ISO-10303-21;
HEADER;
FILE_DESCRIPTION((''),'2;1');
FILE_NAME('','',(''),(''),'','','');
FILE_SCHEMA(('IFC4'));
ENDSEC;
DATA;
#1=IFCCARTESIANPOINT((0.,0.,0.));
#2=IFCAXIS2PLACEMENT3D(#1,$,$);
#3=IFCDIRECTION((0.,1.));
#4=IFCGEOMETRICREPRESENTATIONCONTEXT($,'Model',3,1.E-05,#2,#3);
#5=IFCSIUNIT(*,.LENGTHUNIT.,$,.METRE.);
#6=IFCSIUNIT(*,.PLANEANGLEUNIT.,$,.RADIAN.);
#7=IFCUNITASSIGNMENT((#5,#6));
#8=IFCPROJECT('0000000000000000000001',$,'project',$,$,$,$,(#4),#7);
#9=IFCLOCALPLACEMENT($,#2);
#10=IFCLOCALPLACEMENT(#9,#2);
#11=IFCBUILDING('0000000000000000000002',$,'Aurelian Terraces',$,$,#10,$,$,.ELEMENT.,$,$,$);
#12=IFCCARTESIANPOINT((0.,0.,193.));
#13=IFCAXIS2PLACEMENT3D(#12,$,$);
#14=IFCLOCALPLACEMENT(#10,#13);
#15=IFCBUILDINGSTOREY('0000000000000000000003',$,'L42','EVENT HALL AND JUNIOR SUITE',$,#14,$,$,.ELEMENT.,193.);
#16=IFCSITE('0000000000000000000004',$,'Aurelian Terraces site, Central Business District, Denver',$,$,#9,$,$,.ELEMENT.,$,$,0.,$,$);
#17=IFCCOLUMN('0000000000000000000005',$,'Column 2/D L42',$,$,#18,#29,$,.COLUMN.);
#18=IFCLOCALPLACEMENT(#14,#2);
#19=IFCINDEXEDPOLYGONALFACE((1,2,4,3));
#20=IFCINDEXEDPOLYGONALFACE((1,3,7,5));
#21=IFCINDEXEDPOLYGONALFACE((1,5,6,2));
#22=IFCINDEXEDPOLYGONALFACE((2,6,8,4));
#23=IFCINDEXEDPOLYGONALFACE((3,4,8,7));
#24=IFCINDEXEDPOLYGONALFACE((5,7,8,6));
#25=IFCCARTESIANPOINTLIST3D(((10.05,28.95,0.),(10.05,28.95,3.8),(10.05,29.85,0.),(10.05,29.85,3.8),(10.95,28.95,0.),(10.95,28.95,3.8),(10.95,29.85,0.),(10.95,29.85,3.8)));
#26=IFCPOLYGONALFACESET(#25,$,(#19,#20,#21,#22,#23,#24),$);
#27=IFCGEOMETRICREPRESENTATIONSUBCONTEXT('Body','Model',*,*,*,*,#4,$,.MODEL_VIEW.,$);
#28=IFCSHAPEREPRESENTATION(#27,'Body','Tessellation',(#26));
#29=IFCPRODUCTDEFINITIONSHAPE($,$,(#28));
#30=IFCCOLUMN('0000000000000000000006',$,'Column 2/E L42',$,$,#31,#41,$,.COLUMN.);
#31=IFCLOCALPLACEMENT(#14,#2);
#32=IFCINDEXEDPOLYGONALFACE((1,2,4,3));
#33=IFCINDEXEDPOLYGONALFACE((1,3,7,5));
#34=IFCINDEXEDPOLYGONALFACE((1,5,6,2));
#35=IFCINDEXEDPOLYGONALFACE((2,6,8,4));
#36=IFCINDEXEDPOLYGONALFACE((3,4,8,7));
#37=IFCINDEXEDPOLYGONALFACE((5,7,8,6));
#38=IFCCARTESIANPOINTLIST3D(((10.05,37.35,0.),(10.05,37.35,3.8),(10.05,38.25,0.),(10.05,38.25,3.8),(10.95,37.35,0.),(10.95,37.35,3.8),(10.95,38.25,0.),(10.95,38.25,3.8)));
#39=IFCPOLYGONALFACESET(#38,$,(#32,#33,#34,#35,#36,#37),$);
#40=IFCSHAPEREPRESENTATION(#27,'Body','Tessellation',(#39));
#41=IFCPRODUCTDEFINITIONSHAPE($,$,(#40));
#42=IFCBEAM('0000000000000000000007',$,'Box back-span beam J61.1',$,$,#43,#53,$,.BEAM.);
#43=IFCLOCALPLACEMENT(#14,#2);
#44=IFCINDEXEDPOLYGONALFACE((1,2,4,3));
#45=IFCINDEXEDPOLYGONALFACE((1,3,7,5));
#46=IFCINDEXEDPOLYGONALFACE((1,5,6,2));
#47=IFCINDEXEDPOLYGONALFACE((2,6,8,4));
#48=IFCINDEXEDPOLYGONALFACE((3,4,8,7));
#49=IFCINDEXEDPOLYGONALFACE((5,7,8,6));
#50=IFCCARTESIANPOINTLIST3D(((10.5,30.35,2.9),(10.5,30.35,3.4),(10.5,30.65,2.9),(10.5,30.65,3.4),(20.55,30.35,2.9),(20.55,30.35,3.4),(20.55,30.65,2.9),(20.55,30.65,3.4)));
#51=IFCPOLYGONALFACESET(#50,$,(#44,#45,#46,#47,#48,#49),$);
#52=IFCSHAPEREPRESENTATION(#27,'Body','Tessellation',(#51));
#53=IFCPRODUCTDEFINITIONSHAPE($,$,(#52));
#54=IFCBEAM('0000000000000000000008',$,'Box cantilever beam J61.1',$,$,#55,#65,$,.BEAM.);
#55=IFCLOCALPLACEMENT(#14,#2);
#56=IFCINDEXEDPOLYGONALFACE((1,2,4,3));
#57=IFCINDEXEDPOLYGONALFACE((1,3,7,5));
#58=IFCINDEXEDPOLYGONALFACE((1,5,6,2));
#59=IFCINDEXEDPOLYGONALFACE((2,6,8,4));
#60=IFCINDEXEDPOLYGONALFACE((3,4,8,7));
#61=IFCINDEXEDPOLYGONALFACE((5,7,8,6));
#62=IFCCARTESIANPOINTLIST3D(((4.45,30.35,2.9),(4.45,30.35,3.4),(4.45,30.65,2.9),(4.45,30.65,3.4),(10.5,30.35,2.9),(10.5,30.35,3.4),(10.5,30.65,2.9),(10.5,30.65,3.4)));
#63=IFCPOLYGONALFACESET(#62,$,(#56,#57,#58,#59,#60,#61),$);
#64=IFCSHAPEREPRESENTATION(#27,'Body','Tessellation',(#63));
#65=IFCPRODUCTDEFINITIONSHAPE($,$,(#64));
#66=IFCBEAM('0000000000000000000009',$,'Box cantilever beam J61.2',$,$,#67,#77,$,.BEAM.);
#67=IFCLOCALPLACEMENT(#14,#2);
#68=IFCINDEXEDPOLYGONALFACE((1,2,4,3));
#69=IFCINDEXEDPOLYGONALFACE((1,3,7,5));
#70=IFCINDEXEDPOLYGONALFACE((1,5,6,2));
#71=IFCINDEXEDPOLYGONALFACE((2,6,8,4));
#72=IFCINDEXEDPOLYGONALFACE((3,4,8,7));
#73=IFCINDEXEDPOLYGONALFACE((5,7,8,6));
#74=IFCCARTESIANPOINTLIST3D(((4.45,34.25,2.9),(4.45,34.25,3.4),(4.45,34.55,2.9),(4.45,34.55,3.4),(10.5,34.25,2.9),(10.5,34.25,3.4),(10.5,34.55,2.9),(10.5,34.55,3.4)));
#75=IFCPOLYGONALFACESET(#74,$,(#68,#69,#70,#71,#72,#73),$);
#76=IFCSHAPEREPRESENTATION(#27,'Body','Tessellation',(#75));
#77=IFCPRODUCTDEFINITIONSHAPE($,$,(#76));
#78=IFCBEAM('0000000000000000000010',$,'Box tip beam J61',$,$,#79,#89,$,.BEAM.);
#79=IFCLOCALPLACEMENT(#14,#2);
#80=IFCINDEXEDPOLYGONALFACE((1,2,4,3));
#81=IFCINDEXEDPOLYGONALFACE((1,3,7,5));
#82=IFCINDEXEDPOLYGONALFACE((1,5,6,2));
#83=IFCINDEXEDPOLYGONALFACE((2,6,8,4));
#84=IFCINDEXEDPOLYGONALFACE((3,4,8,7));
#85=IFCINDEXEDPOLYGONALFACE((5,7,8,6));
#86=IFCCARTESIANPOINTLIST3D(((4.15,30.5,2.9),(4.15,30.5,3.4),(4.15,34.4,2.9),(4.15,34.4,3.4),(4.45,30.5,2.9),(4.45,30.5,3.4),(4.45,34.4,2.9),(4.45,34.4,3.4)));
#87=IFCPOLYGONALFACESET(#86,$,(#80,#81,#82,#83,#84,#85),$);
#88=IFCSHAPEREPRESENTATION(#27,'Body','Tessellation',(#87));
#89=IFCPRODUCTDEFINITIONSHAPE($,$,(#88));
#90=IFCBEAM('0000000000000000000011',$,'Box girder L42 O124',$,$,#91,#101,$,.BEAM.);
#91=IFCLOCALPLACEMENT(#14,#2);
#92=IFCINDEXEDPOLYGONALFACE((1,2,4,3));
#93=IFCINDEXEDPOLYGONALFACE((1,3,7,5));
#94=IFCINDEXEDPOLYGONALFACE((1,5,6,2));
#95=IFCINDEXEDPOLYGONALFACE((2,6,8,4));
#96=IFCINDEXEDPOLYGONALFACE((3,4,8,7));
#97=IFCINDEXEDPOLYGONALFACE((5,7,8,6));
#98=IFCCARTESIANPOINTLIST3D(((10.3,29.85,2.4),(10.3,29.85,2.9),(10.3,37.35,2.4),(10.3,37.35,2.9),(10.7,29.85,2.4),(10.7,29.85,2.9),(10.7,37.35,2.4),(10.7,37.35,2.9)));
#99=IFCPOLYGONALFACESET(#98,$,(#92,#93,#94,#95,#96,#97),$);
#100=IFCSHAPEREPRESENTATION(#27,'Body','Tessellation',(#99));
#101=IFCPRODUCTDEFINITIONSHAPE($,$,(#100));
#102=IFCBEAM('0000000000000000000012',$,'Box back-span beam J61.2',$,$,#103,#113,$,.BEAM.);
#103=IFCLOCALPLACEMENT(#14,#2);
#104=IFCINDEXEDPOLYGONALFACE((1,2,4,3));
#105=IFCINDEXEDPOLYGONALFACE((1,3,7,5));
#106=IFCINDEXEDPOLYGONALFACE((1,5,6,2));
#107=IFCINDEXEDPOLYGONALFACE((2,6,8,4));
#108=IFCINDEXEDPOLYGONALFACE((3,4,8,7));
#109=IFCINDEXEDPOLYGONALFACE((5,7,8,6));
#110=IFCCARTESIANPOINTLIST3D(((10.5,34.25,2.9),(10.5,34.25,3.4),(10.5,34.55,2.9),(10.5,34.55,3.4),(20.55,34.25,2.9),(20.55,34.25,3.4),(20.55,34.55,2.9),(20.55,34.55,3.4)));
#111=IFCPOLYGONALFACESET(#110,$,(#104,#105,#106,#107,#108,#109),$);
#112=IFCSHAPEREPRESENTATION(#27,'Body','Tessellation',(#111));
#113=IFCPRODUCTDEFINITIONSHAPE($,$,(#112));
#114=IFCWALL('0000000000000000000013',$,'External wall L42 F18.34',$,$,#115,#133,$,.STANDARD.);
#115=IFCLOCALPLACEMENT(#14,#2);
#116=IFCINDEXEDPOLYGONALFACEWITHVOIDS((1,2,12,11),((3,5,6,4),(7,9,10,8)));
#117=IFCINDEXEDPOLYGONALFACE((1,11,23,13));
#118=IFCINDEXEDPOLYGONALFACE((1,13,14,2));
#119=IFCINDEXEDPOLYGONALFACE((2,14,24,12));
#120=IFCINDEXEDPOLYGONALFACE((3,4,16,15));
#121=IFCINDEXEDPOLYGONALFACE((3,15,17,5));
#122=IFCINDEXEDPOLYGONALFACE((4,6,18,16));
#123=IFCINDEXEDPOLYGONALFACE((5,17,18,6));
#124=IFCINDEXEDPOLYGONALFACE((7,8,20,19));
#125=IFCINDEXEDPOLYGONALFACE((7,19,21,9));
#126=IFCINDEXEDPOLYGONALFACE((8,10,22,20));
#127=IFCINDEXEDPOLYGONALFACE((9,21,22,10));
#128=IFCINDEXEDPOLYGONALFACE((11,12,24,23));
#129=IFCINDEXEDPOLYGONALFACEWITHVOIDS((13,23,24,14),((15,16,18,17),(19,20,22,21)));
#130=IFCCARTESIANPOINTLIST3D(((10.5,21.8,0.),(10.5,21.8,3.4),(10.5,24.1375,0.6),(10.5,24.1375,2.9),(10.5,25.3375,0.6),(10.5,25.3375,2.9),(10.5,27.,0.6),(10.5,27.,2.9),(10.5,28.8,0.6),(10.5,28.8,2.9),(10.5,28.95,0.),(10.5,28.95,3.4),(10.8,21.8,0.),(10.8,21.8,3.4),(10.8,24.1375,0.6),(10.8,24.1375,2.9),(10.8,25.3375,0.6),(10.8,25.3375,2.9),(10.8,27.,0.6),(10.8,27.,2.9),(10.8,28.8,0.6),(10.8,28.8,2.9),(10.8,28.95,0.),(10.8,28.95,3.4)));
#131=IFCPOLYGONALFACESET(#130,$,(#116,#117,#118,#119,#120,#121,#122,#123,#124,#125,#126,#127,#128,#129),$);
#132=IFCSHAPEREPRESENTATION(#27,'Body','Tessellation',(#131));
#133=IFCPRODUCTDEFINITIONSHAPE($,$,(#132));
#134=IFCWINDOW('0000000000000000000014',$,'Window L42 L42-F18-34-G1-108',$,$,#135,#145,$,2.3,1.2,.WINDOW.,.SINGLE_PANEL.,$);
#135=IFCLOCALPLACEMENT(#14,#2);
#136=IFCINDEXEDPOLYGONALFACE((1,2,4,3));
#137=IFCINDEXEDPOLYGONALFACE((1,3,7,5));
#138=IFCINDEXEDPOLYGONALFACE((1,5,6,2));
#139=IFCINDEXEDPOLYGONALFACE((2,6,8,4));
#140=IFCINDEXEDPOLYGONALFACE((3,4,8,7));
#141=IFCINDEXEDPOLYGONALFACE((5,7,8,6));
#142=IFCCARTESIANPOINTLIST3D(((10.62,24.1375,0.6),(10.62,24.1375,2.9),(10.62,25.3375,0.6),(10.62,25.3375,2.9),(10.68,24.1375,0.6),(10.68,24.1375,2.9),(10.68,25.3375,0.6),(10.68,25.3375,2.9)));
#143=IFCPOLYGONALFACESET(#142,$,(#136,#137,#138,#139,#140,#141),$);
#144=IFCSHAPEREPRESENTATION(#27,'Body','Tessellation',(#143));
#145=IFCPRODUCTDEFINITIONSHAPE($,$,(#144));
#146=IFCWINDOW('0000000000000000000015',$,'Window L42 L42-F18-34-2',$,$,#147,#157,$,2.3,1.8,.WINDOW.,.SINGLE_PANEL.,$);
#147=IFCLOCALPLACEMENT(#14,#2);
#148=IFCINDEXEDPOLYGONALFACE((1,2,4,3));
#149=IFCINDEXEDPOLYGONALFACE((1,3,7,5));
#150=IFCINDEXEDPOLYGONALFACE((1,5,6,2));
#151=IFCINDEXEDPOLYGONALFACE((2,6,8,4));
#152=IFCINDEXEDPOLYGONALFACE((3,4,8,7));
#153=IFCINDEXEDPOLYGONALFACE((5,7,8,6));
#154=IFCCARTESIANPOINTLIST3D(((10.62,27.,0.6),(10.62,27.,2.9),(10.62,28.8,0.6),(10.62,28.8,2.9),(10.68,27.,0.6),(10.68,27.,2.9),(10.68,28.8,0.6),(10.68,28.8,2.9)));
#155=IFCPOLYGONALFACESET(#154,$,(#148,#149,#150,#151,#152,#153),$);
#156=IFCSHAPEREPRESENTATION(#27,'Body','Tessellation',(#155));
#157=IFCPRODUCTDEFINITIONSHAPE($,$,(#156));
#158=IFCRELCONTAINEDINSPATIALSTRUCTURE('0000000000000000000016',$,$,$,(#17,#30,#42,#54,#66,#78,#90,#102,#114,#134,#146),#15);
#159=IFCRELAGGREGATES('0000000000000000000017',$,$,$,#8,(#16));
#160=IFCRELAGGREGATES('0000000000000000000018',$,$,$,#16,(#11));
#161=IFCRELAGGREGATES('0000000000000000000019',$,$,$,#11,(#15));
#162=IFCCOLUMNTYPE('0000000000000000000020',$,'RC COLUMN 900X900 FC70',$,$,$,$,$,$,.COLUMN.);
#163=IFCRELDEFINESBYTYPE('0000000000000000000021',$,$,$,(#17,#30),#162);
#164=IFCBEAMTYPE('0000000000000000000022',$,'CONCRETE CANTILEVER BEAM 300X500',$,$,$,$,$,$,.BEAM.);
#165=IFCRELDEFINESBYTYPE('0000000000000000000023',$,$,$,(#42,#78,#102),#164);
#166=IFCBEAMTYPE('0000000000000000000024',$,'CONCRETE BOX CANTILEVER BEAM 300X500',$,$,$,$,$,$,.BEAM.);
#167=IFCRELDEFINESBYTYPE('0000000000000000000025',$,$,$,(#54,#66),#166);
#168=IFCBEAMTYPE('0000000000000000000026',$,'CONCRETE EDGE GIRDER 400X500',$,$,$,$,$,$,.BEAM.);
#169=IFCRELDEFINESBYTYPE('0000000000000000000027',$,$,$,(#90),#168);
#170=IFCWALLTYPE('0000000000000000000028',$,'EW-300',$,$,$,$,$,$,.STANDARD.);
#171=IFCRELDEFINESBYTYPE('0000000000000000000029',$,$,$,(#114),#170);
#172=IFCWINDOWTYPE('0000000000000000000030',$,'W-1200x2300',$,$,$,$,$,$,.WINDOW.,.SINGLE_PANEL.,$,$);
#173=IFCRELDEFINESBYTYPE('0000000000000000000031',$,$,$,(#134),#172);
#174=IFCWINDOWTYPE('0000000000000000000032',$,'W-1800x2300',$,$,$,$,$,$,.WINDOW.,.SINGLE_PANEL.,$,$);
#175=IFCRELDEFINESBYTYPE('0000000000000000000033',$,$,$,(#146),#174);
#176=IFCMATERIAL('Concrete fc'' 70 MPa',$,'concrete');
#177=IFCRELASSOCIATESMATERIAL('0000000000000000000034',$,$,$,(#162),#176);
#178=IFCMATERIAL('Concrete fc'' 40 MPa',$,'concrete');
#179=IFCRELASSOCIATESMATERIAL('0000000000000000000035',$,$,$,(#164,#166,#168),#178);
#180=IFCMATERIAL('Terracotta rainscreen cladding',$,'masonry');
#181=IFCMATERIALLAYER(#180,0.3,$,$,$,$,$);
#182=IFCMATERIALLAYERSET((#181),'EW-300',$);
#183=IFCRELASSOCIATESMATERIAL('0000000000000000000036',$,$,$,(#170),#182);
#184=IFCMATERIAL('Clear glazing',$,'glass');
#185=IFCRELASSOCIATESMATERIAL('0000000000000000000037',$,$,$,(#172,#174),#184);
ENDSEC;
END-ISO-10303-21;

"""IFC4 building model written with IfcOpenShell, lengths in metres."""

from ifc_helpers import new_model, si_unit, direction, frame, frame_2d, origin, origin_2d, place, context, subcontext, project, spatial, rectangle, extrude, source, transform, mapped, material, layer, layer_set, material_profile, profile_set, type_object, element, fill, save


model = new_model("IFC4")

# Units and contexts
model_context = context("Model", 3, precision=1e-05, world=origin(), true_north=direction((0.0, 1.0)))
body_context = subcontext(model_context, "Body", "Model", "MODEL_VIEW")
ifc_project = project(units=[si_unit("LENGTHUNIT", "METRE"), si_unit("PLANEANGLEUNIT", "RADIAN")], contexts=[model_context])

# Site, building, storey
site_placement = place(None, origin())
site = spatial("IfcSite", under=ifc_project, at=site_placement, Name="Aurelian Terraces site, Central Business District, Denver", CompositionType="ELEMENT", RefElevation=0.0)
building_placement = place(site_placement, origin())
building = spatial("IfcBuilding", under=site, at=building_placement, Name="Aurelian Terraces", CompositionType="ELEMENT")
storey_placement = place(building_placement, frame((0.0, 0.0, 193.0)))
storey = spatial("IfcBuildingStorey", under=building, at=storey_placement, Name="L42", Description="EVENT HALL AND JUNIOR SUITE", CompositionType="ELEMENT", Elevation=193.0)

# Columns
ifc_material_1 = material(Name="Concrete fc' 70 MPa", Category="concrete")
ifc_material_profile_1 = material_profile(ifc_material_1, rectangle(XDim=0.9, YDim=0.9, at=origin_2d()))
ifc_profile_set_1 = profile_set([ifc_material_profile_1], Name="Concrete fc' 70 MPa")
column_type = type_object("IfcColumnType", Name="RC COLUMN 900X900 FC70", PredefinedType="COLUMN", material=ifc_profile_set_1)
shared_shape_1 = source(origin(), body_context, "Body", "SweptSolid", [
    extrude(rectangle(XDim=0.9, YDim=0.9, at=origin_2d()), origin(), (0.0, 0.0, 1.0), 3.8),
])
for number, where, z_axis, x_axis, name in (
    (1, (10.5, 29.4, 0.0), (0.0, 0.0, 1.0), (1.0, 0.0, 0.0), "Column 2/D L42"),
    (2, (10.5, 37.8, 0.0), (0.0, 0.0, 1.0), (1.0, 0.0, 0.0), "Column 2/E L42"),
):
    element("IfcColumn", number, at=place(storey_placement, frame(where, z_axis=z_axis, x_axis=x_axis)), inside=storey, type_object=column_type, Name=name, PredefinedType="COLUMN", context=body_context, shape_type="MappedRepresentation", body=[
        mapped(shared_shape_1, transform((0.0, 0.0, 0.0), scale=1.0)),
    ])

# Beams
ifc_material_2 = material(Name="Concrete fc' 40 MPa", Category="concrete")
ifc_material_profile_2 = material_profile(ifc_material_2, rectangle(XDim=0.3, YDim=0.5, at=origin_2d()))
ifc_profile_set_2 = profile_set([ifc_material_profile_2], Name="Concrete fc' 40 MPa")
beam_type_1 = type_object("IfcBeamType", Name="CONCRETE CANTILEVER BEAM 300X500", PredefinedType="BEAM", material=ifc_profile_set_2)
beam_1_placement = place(storey_placement, frame((10.5, 30.5, 3.15), z_axis=(1.0, 0.0, 0.0), x_axis=(0.0, 1.0, 0.0)))
element("IfcBeam", 3, at=beam_1_placement, inside=storey, type_object=beam_type_1, Name="Box back-span beam J61.1", PredefinedType="BEAM", context=body_context, shape_type="SweptSolid", body=[
    extrude(rectangle(XDim=0.3, YDim=0.5, at=origin_2d()), origin(), (0.0, 0.0, 1.0), 10.05),
])
ifc_material_profile_3 = material_profile(ifc_material_2, rectangle(XDim=0.3, YDim=0.5, at=origin_2d()))
ifc_profile_set_3 = profile_set([ifc_material_profile_3], Name="Concrete fc' 40 MPa")
beam_type_2 = type_object("IfcBeamType", Name="CONCRETE BOX CANTILEVER BEAM 300X500", PredefinedType="BEAM", material=ifc_profile_set_3)
shared_shape_2 = source(origin(), body_context, "Body", "SweptSolid", [
    extrude(rectangle(XDim=0.3, YDim=0.5, at=origin_2d()), origin(), (0.0, 0.0, 1.0), 6.05),
])
for number, where, z_axis, x_axis, name in (
    (4, (4.45, 30.5, 3.15), (1.0, 0.0, 0.0), (0.0, 1.0, 0.0), "Box cantilever beam J61.1"),
    (5, (4.45, 34.4, 3.15), (1.0, 0.0, 0.0), (0.0, 1.0, 0.0), "Box cantilever beam J61.2"),
):
    element("IfcBeam", number, at=place(storey_placement, frame(where, z_axis=z_axis, x_axis=x_axis)), inside=storey, type_object=beam_type_2, Name=name, PredefinedType="BEAM", context=body_context, shape_type="MappedRepresentation", body=[
        mapped(shared_shape_2, transform((0.0, 0.0, 0.0), scale=1.0)),
    ])
shared_shape_3 = source(origin(), body_context, "Body", "SweptSolid", [
    extrude(rectangle(XDim=0.3, YDim=0.5, at=origin_2d()), origin(), (0.0, 0.0, 1.0), 3.9),
])
beam_2_placement = place(storey_placement, frame((4.3, 30.5, 3.15), z_axis=(0.0, 1.0, 0.0), x_axis=(-1.0, 0.0, 0.0)))
element("IfcBeam", 6, at=beam_2_placement, inside=storey, type_object=beam_type_1, Name="Box tip beam J61", PredefinedType="BEAM", context=body_context, shape_type="MappedRepresentation", body=[
    mapped(shared_shape_3, transform((0.0, 0.0, 0.0), scale=1.0)),
])
ifc_material_profile_4 = material_profile(ifc_material_2, rectangle(XDim=0.4, YDim=0.5, at=origin_2d()))
ifc_profile_set_4 = profile_set([ifc_material_profile_4], Name="Concrete fc' 40 MPa")
beam_type_3 = type_object("IfcBeamType", Name="CONCRETE EDGE GIRDER 400X500", PredefinedType="BEAM", material=ifc_profile_set_4)
shared_shape_4 = source(origin(), body_context, "Body", "SweptSolid", [
    extrude(rectangle(XDim=0.4, YDim=0.5, at=origin_2d()), origin(), (0.0, 0.0, 1.0), 7.5),
])
beam_3_placement = place(storey_placement, frame((10.5, 29.85, 2.65), z_axis=(0.0, 1.0, 0.0), x_axis=(-1.0, 0.0, 0.0)))
element("IfcBeam", 7, at=beam_3_placement, inside=storey, type_object=beam_type_3, Name="Box girder L42 O124", PredefinedType="BEAM", context=body_context, shape_type="MappedRepresentation", body=[
    mapped(shared_shape_4, transform((0.0, 0.0, 0.0), scale=1.0)),
])
shared_shape_5 = source(origin(), body_context, "Body", "SweptSolid", [
    extrude(rectangle(XDim=0.3, YDim=0.5, at=origin_2d()), origin(), (0.0, 0.0, 1.0), 10.05),
])
beam_4_placement = place(storey_placement, frame((10.5, 34.4, 3.15), z_axis=(1.0, 0.0, 0.0), x_axis=(0.0, 1.0, 0.0)))
element("IfcBeam", 8, at=beam_4_placement, inside=storey, type_object=beam_type_1, Name="Box back-span beam J61.2", PredefinedType="BEAM", context=body_context, shape_type="MappedRepresentation", body=[
    mapped(shared_shape_5, transform((0.0, 0.0, 0.0), scale=1.0)),
])

# Wall, openings, windows
ifc_material_3 = material(Name="Terracotta rainscreen cladding", Category="masonry")
ifc_layer_1 = layer(ifc_material_3, 0.3)
ifc_layer_set_1 = layer_set([ifc_layer_1], Name="EW-300")
wall_type_1 = type_object("IfcWallType", Name="EW-300", PredefinedType="STANDARD", material=ifc_layer_set_1)
shared_shape_6 = source(origin(), body_context, "Body", "SweptSolid", [
    extrude(rectangle(XDim=7.15, YDim=0.3, at=frame_2d((3.575, 0.0))), origin(), (0.0, 0.0, 1.0), 3.4),
])
wall_1_placement = place(storey_placement, frame((10.65, 28.95, 0.0), z_axis=(0.0, 0.0, 1.0), x_axis=(0.0, -1.0, 0.0)))
wall_1 = element("IfcWall", 9, at=wall_1_placement, inside=storey, type_object=wall_type_1, Name="External wall L42 F18.34", PredefinedType="STANDARD", context=body_context, shape_type="MappedRepresentation", body=[
    mapped(shared_shape_6, transform((0.0, 0.0, 0.0), scale=1.0)),
])
shared_shape_7 = source(origin(), body_context, "Body", "SweptSolid", [
    extrude(rectangle(XDim=1.8, YDim=2.3, at=frame_2d((0.9, 1.15))), frame((0.0, 0.16, 0.0), z_axis=(0.0, -1.0, 0.0), x_axis=(1.0, 0.0, 0.0)), (0.0, 0.0, 1.0), 0.32),
])
opening_1_placement = place(wall_1_placement, frame((0.15, 0.0, 0.6)))
opening_1 = element("IfcOpeningElement", 10, at=opening_1_placement, cuts=wall_1, PredefinedType="OPENING", context=body_context, shape_type="MappedRepresentation", body=[
    mapped(shared_shape_7, transform((0.0, 0.0, 0.0), scale=1.0)),
])
shared_shape_8 = source(origin(), body_context, "Body", "SweptSolid", [
    extrude(rectangle(XDim=1.2, YDim=2.3, at=frame_2d((0.6, 1.15))), frame((0.0, 0.16, 0.0), z_axis=(0.0, -1.0, 0.0), x_axis=(1.0, 0.0, 0.0)), (0.0, 0.0, 1.0), 0.32),
])
opening_2_placement = place(wall_1_placement, frame((3.6125, 0.0, 0.6)))
opening_2 = element("IfcOpeningElement", 11, at=opening_2_placement, cuts=wall_1, PredefinedType="OPENING", context=body_context, shape_type="MappedRepresentation", body=[
    mapped(shared_shape_8, transform((0.0, 0.0, 0.0), scale=1.0)),
])
ifc_material_4 = material(Name="Clear glazing", Category="glass")
window_type_1 = type_object("IfcWindowType", Name="W-1200x2300", PartitioningType="SINGLE_PANEL", PredefinedType="WINDOW", material=ifc_material_4)
shared_shape_9 = source(origin(), body_context, "Body", "SweptSolid", [
    extrude(rectangle(XDim=1.2, YDim=2.3, at=frame_2d((0.6, 1.15))), frame((0.0, 0.03, 0.0), z_axis=(0.0, -1.0, 0.0), x_axis=(1.0, 0.0, 0.0)), (0.0, 0.0, 1.0), 0.06),
])
window_1_placement = place(opening_2_placement, origin())
window_1 = element("IfcWindow", 12, at=window_1_placement, inside=storey, type_object=window_type_1, Name="Window L42 L42-F18-34-G1-108", OverallHeight=2.3, OverallWidth=1.2, PartitioningType="SINGLE_PANEL", PredefinedType="WINDOW", context=body_context, shape_type="MappedRepresentation", body=[
    mapped(shared_shape_9, transform((0.0, 0.0, 0.0), scale=1.0)),
])
fill(opening_2, window_1)
window_type_2 = type_object("IfcWindowType", Name="W-1800x2300", PartitioningType="SINGLE_PANEL", PredefinedType="WINDOW", material=ifc_material_4)
shared_shape_10 = source(origin(), body_context, "Body", "SweptSolid", [
    extrude(rectangle(XDim=1.8, YDim=2.3, at=frame_2d((0.9, 1.15))), frame((0.0, 0.03, 0.0), z_axis=(0.0, -1.0, 0.0), x_axis=(1.0, 0.0, 0.0)), (0.0, 0.0, 1.0), 0.06),
])
window_2_placement = place(opening_1_placement, origin())
window_2 = element("IfcWindow", 13, at=window_2_placement, inside=storey, type_object=window_type_2, Name="Window L42 L42-F18-34-2", OverallHeight=2.3, OverallWidth=1.8, PartitioningType="SINGLE_PANEL", PredefinedType="WINDOW", context=body_context, shape_type="MappedRepresentation", body=[
    mapped(shared_shape_10, transform((0.0, 0.0, 0.0), scale=1.0)),
])
fill(opening_1, window_2)

save(model, "model.ifc")
